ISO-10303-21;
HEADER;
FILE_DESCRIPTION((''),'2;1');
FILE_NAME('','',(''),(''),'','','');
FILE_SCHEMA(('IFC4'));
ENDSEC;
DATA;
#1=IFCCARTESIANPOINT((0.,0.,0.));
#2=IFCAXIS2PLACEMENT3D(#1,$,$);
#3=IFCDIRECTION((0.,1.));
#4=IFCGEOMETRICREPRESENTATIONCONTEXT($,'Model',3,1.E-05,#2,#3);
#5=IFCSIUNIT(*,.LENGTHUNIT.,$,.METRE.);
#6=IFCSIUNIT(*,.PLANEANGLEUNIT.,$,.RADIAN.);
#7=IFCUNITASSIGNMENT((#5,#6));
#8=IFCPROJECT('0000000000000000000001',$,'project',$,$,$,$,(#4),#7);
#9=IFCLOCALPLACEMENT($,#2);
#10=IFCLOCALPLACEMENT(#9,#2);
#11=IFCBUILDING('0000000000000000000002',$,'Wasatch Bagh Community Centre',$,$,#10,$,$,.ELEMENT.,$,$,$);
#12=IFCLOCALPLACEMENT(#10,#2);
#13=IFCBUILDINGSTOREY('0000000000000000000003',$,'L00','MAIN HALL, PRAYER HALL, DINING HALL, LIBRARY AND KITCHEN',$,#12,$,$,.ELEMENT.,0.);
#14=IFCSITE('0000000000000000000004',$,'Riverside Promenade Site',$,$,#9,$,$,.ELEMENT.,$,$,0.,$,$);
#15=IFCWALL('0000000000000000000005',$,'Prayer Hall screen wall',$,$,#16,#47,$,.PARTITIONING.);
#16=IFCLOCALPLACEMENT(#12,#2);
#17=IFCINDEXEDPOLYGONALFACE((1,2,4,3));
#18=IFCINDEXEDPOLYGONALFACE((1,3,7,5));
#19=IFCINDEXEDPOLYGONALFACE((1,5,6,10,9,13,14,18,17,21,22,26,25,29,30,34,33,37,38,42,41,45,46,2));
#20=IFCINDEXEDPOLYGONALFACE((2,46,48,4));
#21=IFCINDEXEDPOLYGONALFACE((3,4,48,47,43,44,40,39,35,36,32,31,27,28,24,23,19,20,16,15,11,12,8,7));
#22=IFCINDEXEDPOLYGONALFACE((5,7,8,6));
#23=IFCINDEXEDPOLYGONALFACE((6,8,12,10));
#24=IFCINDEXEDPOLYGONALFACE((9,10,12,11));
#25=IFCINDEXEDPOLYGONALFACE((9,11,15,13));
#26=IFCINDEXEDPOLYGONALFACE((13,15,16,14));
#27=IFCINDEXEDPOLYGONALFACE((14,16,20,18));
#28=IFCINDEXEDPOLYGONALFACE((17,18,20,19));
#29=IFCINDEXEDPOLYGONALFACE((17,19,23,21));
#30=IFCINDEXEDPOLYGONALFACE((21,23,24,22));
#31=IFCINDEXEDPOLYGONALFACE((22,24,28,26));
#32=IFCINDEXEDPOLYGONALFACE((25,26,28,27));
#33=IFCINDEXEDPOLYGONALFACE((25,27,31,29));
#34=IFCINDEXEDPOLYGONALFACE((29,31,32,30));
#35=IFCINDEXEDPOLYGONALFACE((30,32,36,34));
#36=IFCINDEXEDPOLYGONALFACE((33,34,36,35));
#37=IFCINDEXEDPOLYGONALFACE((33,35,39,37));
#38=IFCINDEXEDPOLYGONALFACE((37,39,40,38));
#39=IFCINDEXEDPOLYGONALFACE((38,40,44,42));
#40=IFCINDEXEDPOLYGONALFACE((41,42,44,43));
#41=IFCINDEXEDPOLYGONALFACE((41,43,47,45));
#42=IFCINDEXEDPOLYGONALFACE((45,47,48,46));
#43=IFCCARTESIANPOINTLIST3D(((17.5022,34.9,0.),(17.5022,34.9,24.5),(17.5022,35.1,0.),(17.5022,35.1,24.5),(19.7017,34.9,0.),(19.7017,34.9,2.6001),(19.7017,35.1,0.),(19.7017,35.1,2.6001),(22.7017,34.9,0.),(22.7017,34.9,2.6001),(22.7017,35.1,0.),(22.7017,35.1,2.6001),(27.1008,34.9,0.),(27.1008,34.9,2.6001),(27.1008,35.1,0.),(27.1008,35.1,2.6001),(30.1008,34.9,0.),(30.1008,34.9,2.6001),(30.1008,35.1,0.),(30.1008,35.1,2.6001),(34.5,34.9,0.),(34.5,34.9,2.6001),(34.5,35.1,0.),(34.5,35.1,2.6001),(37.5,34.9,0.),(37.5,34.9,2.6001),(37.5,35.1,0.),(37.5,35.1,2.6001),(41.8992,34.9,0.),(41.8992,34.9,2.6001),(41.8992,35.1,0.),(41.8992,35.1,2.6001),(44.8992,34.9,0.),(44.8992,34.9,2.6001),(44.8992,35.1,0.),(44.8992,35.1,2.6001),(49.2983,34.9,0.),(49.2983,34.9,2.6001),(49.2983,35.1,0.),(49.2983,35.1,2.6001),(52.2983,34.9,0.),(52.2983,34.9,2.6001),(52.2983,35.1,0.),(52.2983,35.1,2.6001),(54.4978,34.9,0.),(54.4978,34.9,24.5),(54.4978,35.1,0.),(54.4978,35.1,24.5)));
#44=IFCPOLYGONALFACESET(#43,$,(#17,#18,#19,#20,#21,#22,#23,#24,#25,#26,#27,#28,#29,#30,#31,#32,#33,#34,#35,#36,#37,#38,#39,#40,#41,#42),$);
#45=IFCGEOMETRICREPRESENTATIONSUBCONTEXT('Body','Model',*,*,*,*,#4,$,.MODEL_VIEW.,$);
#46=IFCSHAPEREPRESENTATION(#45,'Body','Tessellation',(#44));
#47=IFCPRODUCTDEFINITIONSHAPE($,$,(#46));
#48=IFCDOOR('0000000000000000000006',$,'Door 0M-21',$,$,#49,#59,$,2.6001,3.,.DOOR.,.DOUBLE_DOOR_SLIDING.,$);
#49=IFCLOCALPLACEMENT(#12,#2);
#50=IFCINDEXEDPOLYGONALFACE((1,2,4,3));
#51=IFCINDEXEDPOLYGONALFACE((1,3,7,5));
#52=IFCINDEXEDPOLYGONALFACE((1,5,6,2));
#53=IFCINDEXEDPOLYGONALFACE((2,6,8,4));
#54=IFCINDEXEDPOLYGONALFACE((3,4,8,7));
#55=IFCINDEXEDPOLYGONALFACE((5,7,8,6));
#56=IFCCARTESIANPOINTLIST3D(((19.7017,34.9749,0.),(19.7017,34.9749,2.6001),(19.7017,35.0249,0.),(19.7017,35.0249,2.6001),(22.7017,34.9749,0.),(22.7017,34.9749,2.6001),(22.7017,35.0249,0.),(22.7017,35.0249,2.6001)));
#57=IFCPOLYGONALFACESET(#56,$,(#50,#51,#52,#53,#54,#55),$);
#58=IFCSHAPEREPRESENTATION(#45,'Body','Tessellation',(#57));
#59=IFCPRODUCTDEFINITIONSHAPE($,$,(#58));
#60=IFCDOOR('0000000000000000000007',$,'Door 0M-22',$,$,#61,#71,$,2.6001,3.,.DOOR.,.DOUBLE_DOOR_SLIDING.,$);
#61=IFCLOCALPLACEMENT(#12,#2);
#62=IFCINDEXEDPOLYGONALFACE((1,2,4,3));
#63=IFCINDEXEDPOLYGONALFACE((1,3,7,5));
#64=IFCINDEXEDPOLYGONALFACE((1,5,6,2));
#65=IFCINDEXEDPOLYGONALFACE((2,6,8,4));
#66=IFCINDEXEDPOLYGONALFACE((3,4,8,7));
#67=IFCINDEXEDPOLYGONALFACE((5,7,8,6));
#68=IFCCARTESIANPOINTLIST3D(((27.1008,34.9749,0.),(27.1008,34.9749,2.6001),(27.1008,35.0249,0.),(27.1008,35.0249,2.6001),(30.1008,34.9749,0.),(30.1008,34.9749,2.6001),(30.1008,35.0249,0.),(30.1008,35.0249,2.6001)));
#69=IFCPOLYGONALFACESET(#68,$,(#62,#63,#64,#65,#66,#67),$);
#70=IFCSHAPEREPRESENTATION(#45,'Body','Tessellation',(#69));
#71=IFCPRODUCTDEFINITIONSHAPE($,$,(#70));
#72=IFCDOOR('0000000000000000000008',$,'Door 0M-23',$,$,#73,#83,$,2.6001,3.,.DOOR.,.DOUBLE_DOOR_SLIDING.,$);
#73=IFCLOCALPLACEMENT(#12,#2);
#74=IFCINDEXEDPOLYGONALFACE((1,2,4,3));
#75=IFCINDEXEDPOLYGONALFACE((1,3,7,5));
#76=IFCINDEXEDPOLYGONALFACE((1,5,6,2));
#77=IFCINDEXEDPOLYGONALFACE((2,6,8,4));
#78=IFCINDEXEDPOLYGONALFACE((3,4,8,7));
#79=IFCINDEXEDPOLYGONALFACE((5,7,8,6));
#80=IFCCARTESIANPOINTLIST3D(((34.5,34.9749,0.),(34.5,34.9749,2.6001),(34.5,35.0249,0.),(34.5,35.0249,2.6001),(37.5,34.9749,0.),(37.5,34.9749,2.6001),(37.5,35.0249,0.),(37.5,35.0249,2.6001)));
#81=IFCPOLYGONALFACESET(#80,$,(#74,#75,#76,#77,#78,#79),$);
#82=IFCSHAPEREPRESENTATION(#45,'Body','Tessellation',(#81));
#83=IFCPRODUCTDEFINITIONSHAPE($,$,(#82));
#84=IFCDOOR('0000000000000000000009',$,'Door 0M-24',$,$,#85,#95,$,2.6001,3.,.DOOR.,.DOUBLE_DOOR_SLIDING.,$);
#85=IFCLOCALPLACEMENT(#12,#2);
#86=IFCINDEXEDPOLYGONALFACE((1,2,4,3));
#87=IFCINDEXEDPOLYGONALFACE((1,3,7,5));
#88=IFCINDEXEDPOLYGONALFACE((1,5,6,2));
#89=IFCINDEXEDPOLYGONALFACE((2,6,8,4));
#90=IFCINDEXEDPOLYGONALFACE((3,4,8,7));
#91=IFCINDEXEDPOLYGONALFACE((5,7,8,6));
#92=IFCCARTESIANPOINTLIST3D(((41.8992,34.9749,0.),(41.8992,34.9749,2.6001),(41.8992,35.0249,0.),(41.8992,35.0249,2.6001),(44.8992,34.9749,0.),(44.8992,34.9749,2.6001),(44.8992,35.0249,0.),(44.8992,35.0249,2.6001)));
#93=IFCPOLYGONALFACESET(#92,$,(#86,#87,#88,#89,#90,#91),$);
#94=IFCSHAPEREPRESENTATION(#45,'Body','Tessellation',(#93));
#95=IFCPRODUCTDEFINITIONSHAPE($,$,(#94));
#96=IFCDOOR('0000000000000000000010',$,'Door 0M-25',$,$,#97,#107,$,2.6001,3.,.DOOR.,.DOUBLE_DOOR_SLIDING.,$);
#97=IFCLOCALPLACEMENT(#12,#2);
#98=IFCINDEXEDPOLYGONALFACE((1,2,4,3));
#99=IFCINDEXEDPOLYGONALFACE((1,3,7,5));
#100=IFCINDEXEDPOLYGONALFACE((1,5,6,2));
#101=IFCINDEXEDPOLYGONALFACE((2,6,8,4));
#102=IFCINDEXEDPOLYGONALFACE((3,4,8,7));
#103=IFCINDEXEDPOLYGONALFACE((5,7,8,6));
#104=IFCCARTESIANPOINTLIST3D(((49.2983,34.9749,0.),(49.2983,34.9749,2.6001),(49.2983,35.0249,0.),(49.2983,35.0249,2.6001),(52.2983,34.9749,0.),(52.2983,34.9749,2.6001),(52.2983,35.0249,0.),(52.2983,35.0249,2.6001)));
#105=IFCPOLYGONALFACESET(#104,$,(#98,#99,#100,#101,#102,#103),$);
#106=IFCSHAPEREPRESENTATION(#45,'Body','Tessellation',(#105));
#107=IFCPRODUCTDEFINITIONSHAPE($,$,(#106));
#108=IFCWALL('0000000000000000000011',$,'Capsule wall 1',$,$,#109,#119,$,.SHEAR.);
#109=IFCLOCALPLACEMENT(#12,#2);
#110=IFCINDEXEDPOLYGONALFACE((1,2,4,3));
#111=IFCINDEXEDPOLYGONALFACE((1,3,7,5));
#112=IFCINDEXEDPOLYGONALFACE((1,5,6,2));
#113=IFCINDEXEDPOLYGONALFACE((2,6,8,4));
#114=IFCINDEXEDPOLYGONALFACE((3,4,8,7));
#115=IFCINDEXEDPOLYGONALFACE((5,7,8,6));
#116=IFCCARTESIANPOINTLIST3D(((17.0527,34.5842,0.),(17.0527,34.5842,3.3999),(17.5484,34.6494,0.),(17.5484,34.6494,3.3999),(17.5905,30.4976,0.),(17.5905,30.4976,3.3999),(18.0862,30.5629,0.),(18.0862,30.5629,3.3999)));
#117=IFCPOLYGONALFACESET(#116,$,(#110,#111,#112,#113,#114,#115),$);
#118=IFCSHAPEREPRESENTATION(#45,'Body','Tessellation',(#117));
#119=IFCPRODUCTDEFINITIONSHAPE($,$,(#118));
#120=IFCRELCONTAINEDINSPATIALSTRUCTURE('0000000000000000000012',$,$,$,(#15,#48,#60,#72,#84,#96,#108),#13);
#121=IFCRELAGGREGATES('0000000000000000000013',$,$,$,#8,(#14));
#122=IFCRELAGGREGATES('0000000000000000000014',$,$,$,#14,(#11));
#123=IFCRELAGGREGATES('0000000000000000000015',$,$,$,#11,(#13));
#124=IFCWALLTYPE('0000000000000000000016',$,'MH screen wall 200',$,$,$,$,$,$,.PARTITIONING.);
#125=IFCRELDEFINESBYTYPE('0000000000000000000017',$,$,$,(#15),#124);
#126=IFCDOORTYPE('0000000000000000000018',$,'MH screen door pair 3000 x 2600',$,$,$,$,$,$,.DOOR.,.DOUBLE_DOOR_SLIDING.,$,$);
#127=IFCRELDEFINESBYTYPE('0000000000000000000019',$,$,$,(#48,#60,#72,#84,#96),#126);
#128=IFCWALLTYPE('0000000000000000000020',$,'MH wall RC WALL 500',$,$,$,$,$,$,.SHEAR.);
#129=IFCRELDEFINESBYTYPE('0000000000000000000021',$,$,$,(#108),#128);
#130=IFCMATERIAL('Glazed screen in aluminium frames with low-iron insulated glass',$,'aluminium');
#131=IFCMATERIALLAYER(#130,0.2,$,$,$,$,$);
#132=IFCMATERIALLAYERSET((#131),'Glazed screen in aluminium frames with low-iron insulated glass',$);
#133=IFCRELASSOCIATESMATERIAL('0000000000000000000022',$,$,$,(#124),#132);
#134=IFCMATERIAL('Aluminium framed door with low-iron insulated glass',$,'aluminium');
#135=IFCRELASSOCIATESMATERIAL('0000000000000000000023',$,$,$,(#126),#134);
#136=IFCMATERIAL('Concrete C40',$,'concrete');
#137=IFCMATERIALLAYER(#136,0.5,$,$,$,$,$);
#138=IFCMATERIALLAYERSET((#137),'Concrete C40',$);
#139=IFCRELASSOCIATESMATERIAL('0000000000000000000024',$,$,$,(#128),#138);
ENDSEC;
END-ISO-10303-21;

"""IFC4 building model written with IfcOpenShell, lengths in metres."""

from ifc_helpers import new_model, si_unit, direction, frame, frame_2d, origin, place, context, subcontext, project, spatial, rectangle, extrude, material, layer, layer_set, type_object, element, fill, save


model = new_model("IFC4")

# Units and contexts
model_context = context("Model", 3, precision=1e-05, world=origin(), true_north=direction((0.0, 1.0)))
body_context = subcontext(model_context, "Body", "Model", "MODEL_VIEW")
ifc_project = project(units=[si_unit("LENGTHUNIT", "METRE"), si_unit("PLANEANGLEUNIT", "RADIAN")], contexts=[model_context])

# Site, building, storey
site_placement = place(None, origin())
site = spatial("IfcSite", under=ifc_project, at=site_placement, Name="Riverside Promenade Site", CompositionType="ELEMENT", RefElevation=0.0)
building_placement = place(site_placement, origin())
building = spatial("IfcBuilding", under=site, at=building_placement, Name="Wasatch Bagh Community Centre", CompositionType="ELEMENT")
storey_placement = place(building_placement, origin())
storey = spatial("IfcBuildingStorey", under=building, at=storey_placement, Name="L00", Description="MAIN HALL, PRAYER HALL, DINING HALL, LIBRARY AND KITCHEN", CompositionType="ELEMENT", Elevation=0.0)

# Shared definitions
ifc_material_1 = material(Name="Concrete C40", Category="concrete")

# Shared definitions
ifc_material_2 = material(Name="Aluminium framed door with low-iron insulated glass", Category="aluminium")

# Wall, openings, doors
ifc_material_3 = material(Name="Glazed screen in aluminium frames with low-iron insulated glass", Category="aluminium")
ifc_layer_1 = layer(ifc_material_3, 0.2)
ifc_layer_set_1 = layer_set([ifc_layer_1], Name="Glazed screen in aluminium frames with low-iron insulated glass")
wall_type_1 = type_object("IfcWallType", Name="MH screen wall 200", PredefinedType="PARTITIONING", material=ifc_layer_set_1)
wall_1_placement = place(storey_placement, frame((17.5022, 35.0, 0.0), z_axis=(0.0, 0.0, 1.0), x_axis=(1.0, 0.0, 0.0)))
wall_1 = element("IfcWall", 1, at=wall_1_placement, inside=storey, type_object=wall_type_1, Name="Prayer Hall screen wall", PredefinedType="PARTITIONING", context=body_context, shape_type="SweptSolid", body=[
    extrude(rectangle(XDim=36.9956, YDim=0.2, at=frame_2d((18.4978, 0.0))), origin(), (0.0, 0.0, 1.0), 24.5),
])
opening_1_placement = place(wall_1_placement, frame((2.1995, 0.0, 0.0)))
opening_1 = element("IfcOpeningElement", 2, at=opening_1_placement, cuts=wall_1, PredefinedType="OPENING", context=body_context, shape_type="SweptSolid", body=[
    extrude(rectangle(XDim=3.0, YDim=2.6001, at=frame_2d((1.5, 1.3))), frame((0.0, 0.1099, 0.0), z_axis=(0.0, -1.0, 0.0), x_axis=(1.0, 0.0, 0.0)), (0.0, 0.0, 1.0), 0.22),
])
opening_2_placement = place(wall_1_placement, frame((9.5986, 0.0, 0.0)))
opening_2 = element("IfcOpeningElement", 3, at=opening_2_placement, cuts=wall_1, PredefinedType="OPENING", context=body_context, shape_type="SweptSolid", body=[
    extrude(rectangle(XDim=3.0, YDim=2.6001, at=frame_2d((1.5, 1.3))), frame((0.0, 0.1099, 0.0), z_axis=(0.0, -1.0, 0.0), x_axis=(1.0, 0.0, 0.0)), (0.0, 0.0, 1.0), 0.22),
])
opening_3_placement = place(wall_1_placement, frame((16.9978, 0.0, 0.0)))
opening_3 = element("IfcOpeningElement", 4, at=opening_3_placement, cuts=wall_1, PredefinedType="OPENING", context=body_context, shape_type="SweptSolid", body=[
    extrude(rectangle(XDim=3.0, YDim=2.6001, at=frame_2d((1.5, 1.3))), frame((0.0, 0.1099, 0.0), z_axis=(0.0, -1.0, 0.0), x_axis=(1.0, 0.0, 0.0)), (0.0, 0.0, 1.0), 0.22),
])
opening_4_placement = place(wall_1_placement, frame((24.397, 0.0, 0.0)))
opening_4 = element("IfcOpeningElement", 5, at=opening_4_placement, cuts=wall_1, PredefinedType="OPENING", context=body_context, shape_type="SweptSolid", body=[
    extrude(rectangle(XDim=3.0, YDim=2.6001, at=frame_2d((1.5, 1.3))), frame((0.0, 0.1099, 0.0), z_axis=(0.0, -1.0, 0.0), x_axis=(1.0, 0.0, 0.0)), (0.0, 0.0, 1.0), 0.22),
])
opening_5_placement = place(wall_1_placement, frame((31.7961, 0.0, 0.0)))
opening_5 = element("IfcOpeningElement", 6, at=opening_5_placement, cuts=wall_1, PredefinedType="OPENING", context=body_context, shape_type="SweptSolid", body=[
    extrude(rectangle(XDim=3.0, YDim=2.6001, at=frame_2d((1.5, 1.3))), frame((0.0, 0.1099, 0.0), z_axis=(0.0, -1.0, 0.0), x_axis=(1.0, 0.0, 0.0)), (0.0, 0.0, 1.0), 0.22),
])
door_type_1 = type_object("IfcDoorType", Name="MH screen door pair 3000 x 2600", OperationType="DOUBLE_DOOR_SLIDING", PredefinedType="DOOR", material=ifc_material_2)
door_1_placement = place(opening_1_placement, origin())
door_1 = element("IfcDoor", 7, at=door_1_placement, inside=storey, type_object=door_type_1, Name="Door 0M-21", OperationType="DOUBLE_DOOR_SLIDING", OverallHeight=2.6001, OverallWidth=3.0, PredefinedType="DOOR", context=body_context, shape_type="SweptSolid", body=[
    extrude(rectangle(XDim=3.0, YDim=2.6001, at=frame_2d((1.5, 1.3))), frame((0.0, 0.0249, 0.0), z_axis=(0.0, -1.0, 0.0), x_axis=(1.0, 0.0, 0.0)), (0.0, 0.0, 1.0), 0.05),
])
fill(opening_1, door_1)
door_2_placement = place(opening_2_placement, origin())
door_2 = element("IfcDoor", 8, at=door_2_placement, inside=storey, type_object=door_type_1, Name="Door 0M-22", OperationType="DOUBLE_DOOR_SLIDING", OverallHeight=2.6001, OverallWidth=3.0, PredefinedType="DOOR", context=body_context, shape_type="SweptSolid", body=[
    extrude(rectangle(XDim=3.0, YDim=2.6001, at=frame_2d((1.5, 1.3))), frame((0.0, 0.0249, 0.0), z_axis=(0.0, -1.0, 0.0), x_axis=(1.0, 0.0, 0.0)), (0.0, 0.0, 1.0), 0.05),
])
fill(opening_2, door_2)
door_3_placement = place(opening_3_placement, origin())
door_3 = element("IfcDoor", 9, at=door_3_placement, inside=storey, type_object=door_type_1, Name="Door 0M-23", OperationType="DOUBLE_DOOR_SLIDING", OverallHeight=2.6001, OverallWidth=3.0, PredefinedType="DOOR", context=body_context, shape_type="SweptSolid", body=[
    extrude(rectangle(XDim=3.0, YDim=2.6001, at=frame_2d((1.5, 1.3))), frame((0.0, 0.0249, 0.0), z_axis=(0.0, -1.0, 0.0), x_axis=(1.0, 0.0, 0.0)), (0.0, 0.0, 1.0), 0.05),
])
fill(opening_3, door_3)
door_4_placement = place(opening_4_placement, origin())
door_4 = element("IfcDoor", 10, at=door_4_placement, inside=storey, type_object=door_type_1, Name="Door 0M-24", OperationType="DOUBLE_DOOR_SLIDING", OverallHeight=2.6001, OverallWidth=3.0, PredefinedType="DOOR", context=body_context, shape_type="SweptSolid", body=[
    extrude(rectangle(XDim=3.0, YDim=2.6001, at=frame_2d((1.5, 1.3))), frame((0.0, 0.0249, 0.0), z_axis=(0.0, -1.0, 0.0), x_axis=(1.0, 0.0, 0.0)), (0.0, 0.0, 1.0), 0.05),
])
fill(opening_4, door_4)
door_5_placement = place(opening_5_placement, origin())
door_5 = element("IfcDoor", 11, at=door_5_placement, inside=storey, type_object=door_type_1, Name="Door 0M-25", OperationType="DOUBLE_DOOR_SLIDING", OverallHeight=2.6001, OverallWidth=3.0, PredefinedType="DOOR", context=body_context, shape_type="SweptSolid", body=[
    extrude(rectangle(XDim=3.0, YDim=2.6001, at=frame_2d((1.5, 1.3))), frame((0.0, 0.0249, 0.0), z_axis=(0.0, -1.0, 0.0), x_axis=(1.0, 0.0, 0.0)), (0.0, 0.0, 1.0), 0.05),
])
fill(opening_5, door_5)

# Wall
ifc_layer_2 = layer(ifc_material_1, 0.5)
ifc_layer_set_2 = layer_set([ifc_layer_2], Name="Concrete C40")
wall_type_2 = type_object("IfcWallType", Name="MH wall RC WALL 500", PredefinedType="SHEAR", material=ifc_layer_set_2)
wall_2_placement = place(storey_placement, frame((17.3005, 34.6169, 0.0), z_axis=(0.0, 0.0, 1.0), x_axis=(0.130484, -0.99145, 0.0)))
element("IfcWall", 12, at=wall_2_placement, inside=storey, type_object=wall_type_2, Name="Capsule wall 1", PredefinedType="SHEAR", context=body_context, shape_type="SweptSolid", body=[
    extrude(rectangle(XDim=4.1218, YDim=0.5, at=frame_2d((2.061, 0.0))), origin(), (0.0, 0.0, 1.0), 3.3999),
])

save(model, "model.ifc")
